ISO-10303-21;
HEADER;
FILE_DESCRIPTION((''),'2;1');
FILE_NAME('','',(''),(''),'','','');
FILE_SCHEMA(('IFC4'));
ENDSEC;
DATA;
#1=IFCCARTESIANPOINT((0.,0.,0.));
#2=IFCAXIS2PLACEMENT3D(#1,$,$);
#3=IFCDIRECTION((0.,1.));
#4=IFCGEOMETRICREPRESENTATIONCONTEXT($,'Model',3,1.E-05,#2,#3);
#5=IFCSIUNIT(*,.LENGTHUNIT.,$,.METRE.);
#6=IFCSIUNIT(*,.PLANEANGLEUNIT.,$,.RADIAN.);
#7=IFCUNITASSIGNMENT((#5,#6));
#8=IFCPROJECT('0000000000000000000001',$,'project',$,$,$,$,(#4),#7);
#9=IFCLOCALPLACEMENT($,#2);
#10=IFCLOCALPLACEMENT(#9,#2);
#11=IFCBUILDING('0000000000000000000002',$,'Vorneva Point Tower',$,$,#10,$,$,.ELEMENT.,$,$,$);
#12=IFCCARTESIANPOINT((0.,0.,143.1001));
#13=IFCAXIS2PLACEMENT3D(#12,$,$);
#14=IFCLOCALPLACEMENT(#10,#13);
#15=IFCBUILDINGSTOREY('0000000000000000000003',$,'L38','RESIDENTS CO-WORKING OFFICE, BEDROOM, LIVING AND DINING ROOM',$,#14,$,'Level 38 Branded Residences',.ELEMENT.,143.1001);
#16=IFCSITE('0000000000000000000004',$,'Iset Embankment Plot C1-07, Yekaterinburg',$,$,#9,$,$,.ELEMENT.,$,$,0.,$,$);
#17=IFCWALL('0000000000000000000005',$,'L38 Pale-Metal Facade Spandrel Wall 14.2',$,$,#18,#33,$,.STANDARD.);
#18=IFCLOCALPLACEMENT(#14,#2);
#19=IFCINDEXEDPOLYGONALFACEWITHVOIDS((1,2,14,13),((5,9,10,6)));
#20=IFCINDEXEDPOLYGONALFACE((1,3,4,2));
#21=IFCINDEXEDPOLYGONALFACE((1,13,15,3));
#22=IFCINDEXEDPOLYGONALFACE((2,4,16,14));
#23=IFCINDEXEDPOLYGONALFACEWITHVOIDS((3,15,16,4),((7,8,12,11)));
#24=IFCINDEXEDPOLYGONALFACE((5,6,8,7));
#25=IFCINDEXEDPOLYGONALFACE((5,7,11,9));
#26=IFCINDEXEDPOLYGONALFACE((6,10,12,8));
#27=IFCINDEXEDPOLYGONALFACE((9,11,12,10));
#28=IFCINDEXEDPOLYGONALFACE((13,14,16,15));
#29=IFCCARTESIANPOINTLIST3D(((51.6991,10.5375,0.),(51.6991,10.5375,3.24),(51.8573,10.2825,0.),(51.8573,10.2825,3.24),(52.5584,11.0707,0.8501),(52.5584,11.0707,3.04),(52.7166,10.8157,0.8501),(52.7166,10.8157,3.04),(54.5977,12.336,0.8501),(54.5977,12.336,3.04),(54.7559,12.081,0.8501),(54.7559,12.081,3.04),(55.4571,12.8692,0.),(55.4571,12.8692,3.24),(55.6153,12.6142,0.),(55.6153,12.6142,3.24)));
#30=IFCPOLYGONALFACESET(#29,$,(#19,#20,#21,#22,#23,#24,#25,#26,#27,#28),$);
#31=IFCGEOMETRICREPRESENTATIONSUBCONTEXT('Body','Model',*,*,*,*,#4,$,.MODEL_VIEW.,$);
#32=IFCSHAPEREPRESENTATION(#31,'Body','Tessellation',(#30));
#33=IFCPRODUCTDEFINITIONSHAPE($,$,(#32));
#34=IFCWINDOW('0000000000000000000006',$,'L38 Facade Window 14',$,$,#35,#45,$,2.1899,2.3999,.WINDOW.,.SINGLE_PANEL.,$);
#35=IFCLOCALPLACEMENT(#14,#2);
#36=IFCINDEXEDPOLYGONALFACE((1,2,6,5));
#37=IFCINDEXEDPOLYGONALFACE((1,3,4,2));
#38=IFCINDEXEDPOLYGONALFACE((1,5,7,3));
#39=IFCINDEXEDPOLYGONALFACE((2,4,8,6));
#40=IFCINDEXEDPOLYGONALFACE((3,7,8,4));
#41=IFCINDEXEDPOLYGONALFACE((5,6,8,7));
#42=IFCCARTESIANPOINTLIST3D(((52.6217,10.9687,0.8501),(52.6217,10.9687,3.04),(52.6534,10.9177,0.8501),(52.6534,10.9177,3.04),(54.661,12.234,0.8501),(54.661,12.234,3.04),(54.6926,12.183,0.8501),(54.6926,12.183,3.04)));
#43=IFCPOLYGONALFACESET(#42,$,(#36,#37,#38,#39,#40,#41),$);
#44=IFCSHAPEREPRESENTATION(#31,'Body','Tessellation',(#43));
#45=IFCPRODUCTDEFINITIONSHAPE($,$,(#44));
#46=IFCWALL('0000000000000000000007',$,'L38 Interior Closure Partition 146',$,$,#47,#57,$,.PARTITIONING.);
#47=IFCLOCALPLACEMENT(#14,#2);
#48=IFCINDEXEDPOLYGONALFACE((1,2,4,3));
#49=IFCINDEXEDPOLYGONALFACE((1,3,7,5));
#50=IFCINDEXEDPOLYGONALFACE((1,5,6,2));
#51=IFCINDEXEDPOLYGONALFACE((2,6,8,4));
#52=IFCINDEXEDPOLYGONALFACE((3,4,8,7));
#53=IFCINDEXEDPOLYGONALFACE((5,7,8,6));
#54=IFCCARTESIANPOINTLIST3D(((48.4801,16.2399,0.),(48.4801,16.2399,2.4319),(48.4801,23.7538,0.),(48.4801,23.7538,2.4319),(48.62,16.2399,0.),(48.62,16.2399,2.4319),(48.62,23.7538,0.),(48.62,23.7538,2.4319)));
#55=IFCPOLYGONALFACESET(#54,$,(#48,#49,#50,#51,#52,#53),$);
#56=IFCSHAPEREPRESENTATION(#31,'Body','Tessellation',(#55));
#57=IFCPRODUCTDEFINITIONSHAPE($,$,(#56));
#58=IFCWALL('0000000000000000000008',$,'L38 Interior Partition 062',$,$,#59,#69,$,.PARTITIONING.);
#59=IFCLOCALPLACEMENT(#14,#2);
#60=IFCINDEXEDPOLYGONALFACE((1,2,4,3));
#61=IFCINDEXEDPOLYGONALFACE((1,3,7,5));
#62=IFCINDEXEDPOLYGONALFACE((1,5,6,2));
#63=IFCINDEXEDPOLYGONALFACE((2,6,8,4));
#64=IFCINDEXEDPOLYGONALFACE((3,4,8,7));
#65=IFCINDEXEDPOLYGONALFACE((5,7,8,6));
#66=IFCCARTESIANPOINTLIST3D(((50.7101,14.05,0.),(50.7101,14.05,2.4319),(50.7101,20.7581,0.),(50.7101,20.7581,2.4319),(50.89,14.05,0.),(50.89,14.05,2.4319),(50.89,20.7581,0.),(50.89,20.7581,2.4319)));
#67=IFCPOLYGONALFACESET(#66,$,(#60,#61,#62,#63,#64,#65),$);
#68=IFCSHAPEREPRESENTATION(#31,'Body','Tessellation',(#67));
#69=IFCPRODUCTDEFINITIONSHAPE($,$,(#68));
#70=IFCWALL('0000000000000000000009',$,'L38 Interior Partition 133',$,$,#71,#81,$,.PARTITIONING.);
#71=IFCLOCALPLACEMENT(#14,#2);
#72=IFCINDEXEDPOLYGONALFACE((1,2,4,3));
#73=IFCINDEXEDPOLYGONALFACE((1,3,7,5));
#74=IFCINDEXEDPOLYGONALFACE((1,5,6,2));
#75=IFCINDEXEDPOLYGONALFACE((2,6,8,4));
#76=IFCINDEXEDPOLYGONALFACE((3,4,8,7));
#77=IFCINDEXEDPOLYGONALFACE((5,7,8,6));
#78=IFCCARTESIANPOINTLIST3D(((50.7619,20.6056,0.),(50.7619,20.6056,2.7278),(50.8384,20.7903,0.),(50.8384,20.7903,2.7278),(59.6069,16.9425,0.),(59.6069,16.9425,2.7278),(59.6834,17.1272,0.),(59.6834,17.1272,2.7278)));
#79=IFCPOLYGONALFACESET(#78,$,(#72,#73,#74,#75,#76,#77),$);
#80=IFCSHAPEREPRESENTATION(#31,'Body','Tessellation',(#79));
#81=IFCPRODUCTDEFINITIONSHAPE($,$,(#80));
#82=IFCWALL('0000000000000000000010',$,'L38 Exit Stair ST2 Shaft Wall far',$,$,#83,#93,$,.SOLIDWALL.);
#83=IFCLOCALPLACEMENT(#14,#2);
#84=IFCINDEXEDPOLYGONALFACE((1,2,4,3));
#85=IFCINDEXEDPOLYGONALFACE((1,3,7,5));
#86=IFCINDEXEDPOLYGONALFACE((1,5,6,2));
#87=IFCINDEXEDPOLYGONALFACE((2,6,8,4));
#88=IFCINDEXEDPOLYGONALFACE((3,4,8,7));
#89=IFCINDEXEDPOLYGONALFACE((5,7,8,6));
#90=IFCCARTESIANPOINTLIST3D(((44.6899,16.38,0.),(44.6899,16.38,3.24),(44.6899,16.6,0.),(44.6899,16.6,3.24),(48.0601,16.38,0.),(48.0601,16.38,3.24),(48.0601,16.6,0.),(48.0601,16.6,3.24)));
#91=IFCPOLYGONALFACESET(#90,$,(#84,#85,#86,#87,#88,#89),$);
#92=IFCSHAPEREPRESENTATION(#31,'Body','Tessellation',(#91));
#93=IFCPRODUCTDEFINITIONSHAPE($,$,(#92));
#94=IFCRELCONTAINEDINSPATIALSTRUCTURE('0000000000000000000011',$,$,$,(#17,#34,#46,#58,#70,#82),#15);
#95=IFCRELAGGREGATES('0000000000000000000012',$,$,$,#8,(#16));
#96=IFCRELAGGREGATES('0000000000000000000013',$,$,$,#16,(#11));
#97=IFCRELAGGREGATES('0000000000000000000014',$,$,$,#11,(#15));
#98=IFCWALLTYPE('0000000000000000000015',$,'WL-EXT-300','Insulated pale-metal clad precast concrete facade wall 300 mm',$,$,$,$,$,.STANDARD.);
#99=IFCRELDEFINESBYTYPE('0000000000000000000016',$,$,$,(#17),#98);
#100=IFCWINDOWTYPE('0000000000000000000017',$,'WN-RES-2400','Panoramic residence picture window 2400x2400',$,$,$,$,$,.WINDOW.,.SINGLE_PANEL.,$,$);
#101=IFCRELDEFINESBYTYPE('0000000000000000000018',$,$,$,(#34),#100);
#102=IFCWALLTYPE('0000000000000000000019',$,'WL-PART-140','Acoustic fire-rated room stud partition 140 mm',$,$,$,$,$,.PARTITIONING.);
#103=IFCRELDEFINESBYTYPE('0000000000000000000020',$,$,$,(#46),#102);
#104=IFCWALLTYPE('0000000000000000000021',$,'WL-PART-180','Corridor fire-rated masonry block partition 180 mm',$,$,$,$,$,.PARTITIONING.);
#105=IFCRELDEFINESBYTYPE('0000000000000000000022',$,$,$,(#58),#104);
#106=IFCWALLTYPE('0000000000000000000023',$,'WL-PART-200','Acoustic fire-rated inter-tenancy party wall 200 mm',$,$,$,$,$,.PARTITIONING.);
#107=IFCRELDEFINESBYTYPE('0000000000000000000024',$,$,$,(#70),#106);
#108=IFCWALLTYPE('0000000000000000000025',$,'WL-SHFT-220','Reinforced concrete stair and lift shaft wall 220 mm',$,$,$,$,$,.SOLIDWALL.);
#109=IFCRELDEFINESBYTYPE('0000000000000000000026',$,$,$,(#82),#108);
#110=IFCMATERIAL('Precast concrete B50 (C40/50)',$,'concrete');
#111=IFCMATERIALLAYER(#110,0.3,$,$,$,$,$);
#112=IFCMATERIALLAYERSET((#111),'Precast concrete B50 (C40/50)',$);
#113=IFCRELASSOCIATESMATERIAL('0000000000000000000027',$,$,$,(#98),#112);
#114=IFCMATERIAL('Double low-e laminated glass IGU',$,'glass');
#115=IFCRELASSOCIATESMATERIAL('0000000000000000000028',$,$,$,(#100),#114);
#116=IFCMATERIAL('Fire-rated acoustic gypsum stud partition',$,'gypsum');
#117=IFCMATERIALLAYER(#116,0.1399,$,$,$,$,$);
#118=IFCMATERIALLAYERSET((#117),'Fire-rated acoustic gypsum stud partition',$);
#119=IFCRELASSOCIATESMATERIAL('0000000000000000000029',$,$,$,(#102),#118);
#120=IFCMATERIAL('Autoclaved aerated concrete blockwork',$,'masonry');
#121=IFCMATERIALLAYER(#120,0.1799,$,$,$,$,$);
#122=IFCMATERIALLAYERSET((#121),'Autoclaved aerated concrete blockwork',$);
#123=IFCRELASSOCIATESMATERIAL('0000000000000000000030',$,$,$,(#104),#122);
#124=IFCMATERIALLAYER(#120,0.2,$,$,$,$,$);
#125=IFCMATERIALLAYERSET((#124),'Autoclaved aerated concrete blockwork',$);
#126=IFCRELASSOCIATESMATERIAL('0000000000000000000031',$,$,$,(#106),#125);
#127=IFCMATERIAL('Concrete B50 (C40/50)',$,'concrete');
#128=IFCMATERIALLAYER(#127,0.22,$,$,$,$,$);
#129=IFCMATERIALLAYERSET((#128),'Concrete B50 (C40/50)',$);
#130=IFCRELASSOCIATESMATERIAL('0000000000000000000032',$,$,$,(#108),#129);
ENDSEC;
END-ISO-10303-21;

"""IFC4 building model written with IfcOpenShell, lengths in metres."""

from ifc_helpers import new_model, si_unit, direction, frame, frame_2d, origin, place, context, subcontext, project, spatial, rectangle, extrude, material, layer, layer_set, type_object, element, fill, save


model = new_model("IFC4")

# Units and contexts
model_context = context("Model", 3, precision=1e-05, world=origin(), true_north=direction((0.0, 1.0)))
body_context = subcontext(model_context, "Body", "Model", "MODEL_VIEW")
ifc_project = project(units=[si_unit("LENGTHUNIT", "METRE"), si_unit("PLANEANGLEUNIT", "RADIAN")], contexts=[model_context])

# Site, building, storey
site_placement = place(None, origin())
site = spatial("IfcSite", under=ifc_project, at=site_placement, Name="Iset Embankment Plot C1-07, Yekaterinburg", CompositionType="ELEMENT", RefElevation=0.0)
building_placement = place(site_placement, origin())
building = spatial("IfcBuilding", under=site, at=building_placement, Name="Vorneva Point Tower", CompositionType="ELEMENT")
storey_placement = place(building_placement, frame((0.0, 0.0, 143.1001)))
storey = spatial("IfcBuildingStorey", under=building, at=storey_placement, Name="L38", Description="RESIDENTS CO-WORKING OFFICE, BEDROOM, LIVING AND DINING ROOM", LongName="Level 38 Branded Residences", CompositionType="ELEMENT", Elevation=143.1001)

# Shared definitions
ifc_material_1 = material(Name="Double low-e laminated glass IGU", Category="glass")

# Shared definitions
ifc_material_2 = material(Name="Precast concrete B50 (C40/50)", Category="concrete")
ifc_layer_1 = layer(ifc_material_2, 0.3)
ifc_layer_set_1 = layer_set([ifc_layer_1], Name="Precast concrete B50 (C40/50)")
wall_type_1 = type_object("IfcWallType", Name="WL-EXT-300", Description="Insulated pale-metal clad precast concrete facade wall 300 mm", PredefinedType="STANDARD", material=ifc_layer_set_1)

# Wall, opening, window
wall_1_placement = place(storey_placement, frame((51.7781, 10.4099, 0.0), z_axis=(0.0, 0.0, 1.0), x_axis=(0.849721, 0.527232, 0.0)))
wall_1 = element("IfcWall", 1, at=wall_1_placement, inside=storey, type_object=wall_type_1, Name="L38 Pale-Metal Facade Spandrel Wall 14.2", PredefinedType="STANDARD", context=body_context, shape_type="SweptSolid", body=[
    extrude(rectangle(XDim=4.4226, YDim=0.3, at=frame_2d((2.2114, 0.0))), origin(), (0.0, 0.0, 1.0), 3.24),
])
opening_placement = place(wall_1_placement, frame((1.0115, 0.0, 0.8501)))
opening = element("IfcOpeningElement", 2, at=opening_placement, cuts=wall_1, PredefinedType="OPENING", context=body_context, shape_type="SweptSolid", body=[
    extrude(rectangle(XDim=2.3999, YDim=2.1899, at=frame_2d((1.2, 1.095))), frame((0.0, 0.165, 0.0), z_axis=(0.0, -1.0, 0.0), x_axis=(1.0, 0.0, 0.0)), (0.0, 0.0, 1.0), 0.3298),
])
window_type = type_object("IfcWindowType", Name="WN-RES-2400", Description="Panoramic residence picture window 2400x2400", PartitioningType="SINGLE_PANEL", PredefinedType="WINDOW", material=ifc_material_1)
window_placement = place(opening_placement, origin())
window = element("IfcWindow", 3, at=window_placement, inside=storey, type_object=window_type, Name="L38 Facade Window 14", OverallHeight=2.1899, OverallWidth=2.3999, PartitioningType="SINGLE_PANEL", PredefinedType="WINDOW", context=body_context, shape_type="SweptSolid", body=[
    extrude(rectangle(XDim=2.3999, YDim=2.1899, at=frame_2d((1.2, 1.095))), frame((0.0, 0.03, 0.0), z_axis=(0.0, -1.0, 0.0), x_axis=(1.0, 0.0, 0.0)), (0.0, 0.0, 1.0), 0.0601),
])
fill(opening, window)

# Walls
ifc_material_3 = material(Name="Fire-rated acoustic gypsum stud partition", Category="gypsum")
ifc_layer_2 = layer(ifc_material_3, 0.1399)
ifc_layer_set_2 = layer_set([ifc_layer_2], Name="Fire-rated acoustic gypsum stud partition")
wall_type_2 = type_object("IfcWallType", Name="WL-PART-140", Description="Acoustic fire-rated room stud partition 140 mm", PredefinedType="PARTITIONING", material=ifc_layer_set_2)
wall_2_placement = place(storey_placement, frame((48.55, 16.24, 0.0), z_axis=(0.0, 0.0, 1.0), x_axis=(0.0, 1.0, 0.0)))
element("IfcWall", 4, at=wall_2_placement, inside=storey, type_object=wall_type_2, Name="L38 Interior Closure Partition 146", PredefinedType="PARTITIONING", context=body_context, shape_type="SweptSolid", body=[
    extrude(rectangle(XDim=7.5139, YDim=0.1399, at=frame_2d((3.7568, 0.0))), origin(), (0.0, 0.0, 1.0), 2.4319),
])
ifc_material_4 = material(Name="Autoclaved aerated concrete blockwork", Category="masonry")
ifc_layer_3 = layer(ifc_material_4, 0.1799)
ifc_layer_set_3 = layer_set([ifc_layer_3], Name="Autoclaved aerated concrete blockwork")
wall_type_3 = type_object("IfcWallType", Name="WL-PART-180", Description="Corridor fire-rated masonry block partition 180 mm", PredefinedType="PARTITIONING", material=ifc_layer_set_3)
wall_3_placement = place(storey_placement, frame((50.8, 14.05, 0.0), z_axis=(0.0, 0.0, 1.0), x_axis=(0.0, 1.0, 0.0)))
element("IfcWall", 5, at=wall_3_placement, inside=storey, type_object=wall_type_3, Name="L38 Interior Partition 062", PredefinedType="PARTITIONING", context=body_context, shape_type="SweptSolid", body=[
    extrude(rectangle(XDim=6.708, YDim=0.1799, at=frame_2d((3.354, 0.0))), origin(), (0.0, 0.0, 1.0), 2.4319),
])
ifc_layer_4 = layer(ifc_material_4, 0.2)
ifc_layer_set_4 = layer_set([ifc_layer_4], Name="Autoclaved aerated concrete blockwork")
wall_type_4 = type_object("IfcWallType", Name="WL-PART-200", Description="Acoustic fire-rated inter-tenancy party wall 200 mm", PredefinedType="PARTITIONING", material=ifc_layer_set_4)
wall_4_placement = place(storey_placement, frame((59.645, 17.0349, 0.0), z_axis=(0.0, 0.0, 1.0), x_axis=(-0.923902, 0.382628, 0.0)))
element("IfcWall", 6, at=wall_4_placement, inside=storey, type_object=wall_type_4, Name="L38 Interior Partition 133", PredefinedType="PARTITIONING", context=body_context, shape_type="SweptSolid", body=[
    extrude(rectangle(XDim=9.5735, YDim=0.2, at=frame_2d((4.7866, 0.0))), origin(), (0.0, 0.0, 1.0), 2.7278),
])
ifc_material_5 = material(Name="Concrete B50 (C40/50)", Category="concrete")
ifc_layer_5 = layer(ifc_material_5, 0.22)
ifc_layer_set_5 = layer_set([ifc_layer_5], Name="Concrete B50 (C40/50)")
wall_type_5 = type_object("IfcWallType", Name="WL-SHFT-220", Description="Reinforced concrete stair and lift shaft wall 220 mm", PredefinedType="SOLIDWALL", material=ifc_layer_set_5)
wall_5_placement = place(storey_placement, frame((48.0601, 16.49, 0.0), z_axis=(0.0, 0.0, 1.0), x_axis=(-1.0, 0.0, 0.0)))
element("IfcWall", 7, at=wall_5_placement, inside=storey, type_object=wall_type_5, Name="L38 Exit Stair ST2 Shaft Wall far", PredefinedType="SOLIDWALL", context=body_context, shape_type="SweptSolid", body=[
    extrude(rectangle(XDim=3.3701, YDim=0.22, at=frame_2d((1.6851, 0.0))), origin(), (0.0, 0.0, 1.0), 3.24),
])

save(model, "model.ifc")
